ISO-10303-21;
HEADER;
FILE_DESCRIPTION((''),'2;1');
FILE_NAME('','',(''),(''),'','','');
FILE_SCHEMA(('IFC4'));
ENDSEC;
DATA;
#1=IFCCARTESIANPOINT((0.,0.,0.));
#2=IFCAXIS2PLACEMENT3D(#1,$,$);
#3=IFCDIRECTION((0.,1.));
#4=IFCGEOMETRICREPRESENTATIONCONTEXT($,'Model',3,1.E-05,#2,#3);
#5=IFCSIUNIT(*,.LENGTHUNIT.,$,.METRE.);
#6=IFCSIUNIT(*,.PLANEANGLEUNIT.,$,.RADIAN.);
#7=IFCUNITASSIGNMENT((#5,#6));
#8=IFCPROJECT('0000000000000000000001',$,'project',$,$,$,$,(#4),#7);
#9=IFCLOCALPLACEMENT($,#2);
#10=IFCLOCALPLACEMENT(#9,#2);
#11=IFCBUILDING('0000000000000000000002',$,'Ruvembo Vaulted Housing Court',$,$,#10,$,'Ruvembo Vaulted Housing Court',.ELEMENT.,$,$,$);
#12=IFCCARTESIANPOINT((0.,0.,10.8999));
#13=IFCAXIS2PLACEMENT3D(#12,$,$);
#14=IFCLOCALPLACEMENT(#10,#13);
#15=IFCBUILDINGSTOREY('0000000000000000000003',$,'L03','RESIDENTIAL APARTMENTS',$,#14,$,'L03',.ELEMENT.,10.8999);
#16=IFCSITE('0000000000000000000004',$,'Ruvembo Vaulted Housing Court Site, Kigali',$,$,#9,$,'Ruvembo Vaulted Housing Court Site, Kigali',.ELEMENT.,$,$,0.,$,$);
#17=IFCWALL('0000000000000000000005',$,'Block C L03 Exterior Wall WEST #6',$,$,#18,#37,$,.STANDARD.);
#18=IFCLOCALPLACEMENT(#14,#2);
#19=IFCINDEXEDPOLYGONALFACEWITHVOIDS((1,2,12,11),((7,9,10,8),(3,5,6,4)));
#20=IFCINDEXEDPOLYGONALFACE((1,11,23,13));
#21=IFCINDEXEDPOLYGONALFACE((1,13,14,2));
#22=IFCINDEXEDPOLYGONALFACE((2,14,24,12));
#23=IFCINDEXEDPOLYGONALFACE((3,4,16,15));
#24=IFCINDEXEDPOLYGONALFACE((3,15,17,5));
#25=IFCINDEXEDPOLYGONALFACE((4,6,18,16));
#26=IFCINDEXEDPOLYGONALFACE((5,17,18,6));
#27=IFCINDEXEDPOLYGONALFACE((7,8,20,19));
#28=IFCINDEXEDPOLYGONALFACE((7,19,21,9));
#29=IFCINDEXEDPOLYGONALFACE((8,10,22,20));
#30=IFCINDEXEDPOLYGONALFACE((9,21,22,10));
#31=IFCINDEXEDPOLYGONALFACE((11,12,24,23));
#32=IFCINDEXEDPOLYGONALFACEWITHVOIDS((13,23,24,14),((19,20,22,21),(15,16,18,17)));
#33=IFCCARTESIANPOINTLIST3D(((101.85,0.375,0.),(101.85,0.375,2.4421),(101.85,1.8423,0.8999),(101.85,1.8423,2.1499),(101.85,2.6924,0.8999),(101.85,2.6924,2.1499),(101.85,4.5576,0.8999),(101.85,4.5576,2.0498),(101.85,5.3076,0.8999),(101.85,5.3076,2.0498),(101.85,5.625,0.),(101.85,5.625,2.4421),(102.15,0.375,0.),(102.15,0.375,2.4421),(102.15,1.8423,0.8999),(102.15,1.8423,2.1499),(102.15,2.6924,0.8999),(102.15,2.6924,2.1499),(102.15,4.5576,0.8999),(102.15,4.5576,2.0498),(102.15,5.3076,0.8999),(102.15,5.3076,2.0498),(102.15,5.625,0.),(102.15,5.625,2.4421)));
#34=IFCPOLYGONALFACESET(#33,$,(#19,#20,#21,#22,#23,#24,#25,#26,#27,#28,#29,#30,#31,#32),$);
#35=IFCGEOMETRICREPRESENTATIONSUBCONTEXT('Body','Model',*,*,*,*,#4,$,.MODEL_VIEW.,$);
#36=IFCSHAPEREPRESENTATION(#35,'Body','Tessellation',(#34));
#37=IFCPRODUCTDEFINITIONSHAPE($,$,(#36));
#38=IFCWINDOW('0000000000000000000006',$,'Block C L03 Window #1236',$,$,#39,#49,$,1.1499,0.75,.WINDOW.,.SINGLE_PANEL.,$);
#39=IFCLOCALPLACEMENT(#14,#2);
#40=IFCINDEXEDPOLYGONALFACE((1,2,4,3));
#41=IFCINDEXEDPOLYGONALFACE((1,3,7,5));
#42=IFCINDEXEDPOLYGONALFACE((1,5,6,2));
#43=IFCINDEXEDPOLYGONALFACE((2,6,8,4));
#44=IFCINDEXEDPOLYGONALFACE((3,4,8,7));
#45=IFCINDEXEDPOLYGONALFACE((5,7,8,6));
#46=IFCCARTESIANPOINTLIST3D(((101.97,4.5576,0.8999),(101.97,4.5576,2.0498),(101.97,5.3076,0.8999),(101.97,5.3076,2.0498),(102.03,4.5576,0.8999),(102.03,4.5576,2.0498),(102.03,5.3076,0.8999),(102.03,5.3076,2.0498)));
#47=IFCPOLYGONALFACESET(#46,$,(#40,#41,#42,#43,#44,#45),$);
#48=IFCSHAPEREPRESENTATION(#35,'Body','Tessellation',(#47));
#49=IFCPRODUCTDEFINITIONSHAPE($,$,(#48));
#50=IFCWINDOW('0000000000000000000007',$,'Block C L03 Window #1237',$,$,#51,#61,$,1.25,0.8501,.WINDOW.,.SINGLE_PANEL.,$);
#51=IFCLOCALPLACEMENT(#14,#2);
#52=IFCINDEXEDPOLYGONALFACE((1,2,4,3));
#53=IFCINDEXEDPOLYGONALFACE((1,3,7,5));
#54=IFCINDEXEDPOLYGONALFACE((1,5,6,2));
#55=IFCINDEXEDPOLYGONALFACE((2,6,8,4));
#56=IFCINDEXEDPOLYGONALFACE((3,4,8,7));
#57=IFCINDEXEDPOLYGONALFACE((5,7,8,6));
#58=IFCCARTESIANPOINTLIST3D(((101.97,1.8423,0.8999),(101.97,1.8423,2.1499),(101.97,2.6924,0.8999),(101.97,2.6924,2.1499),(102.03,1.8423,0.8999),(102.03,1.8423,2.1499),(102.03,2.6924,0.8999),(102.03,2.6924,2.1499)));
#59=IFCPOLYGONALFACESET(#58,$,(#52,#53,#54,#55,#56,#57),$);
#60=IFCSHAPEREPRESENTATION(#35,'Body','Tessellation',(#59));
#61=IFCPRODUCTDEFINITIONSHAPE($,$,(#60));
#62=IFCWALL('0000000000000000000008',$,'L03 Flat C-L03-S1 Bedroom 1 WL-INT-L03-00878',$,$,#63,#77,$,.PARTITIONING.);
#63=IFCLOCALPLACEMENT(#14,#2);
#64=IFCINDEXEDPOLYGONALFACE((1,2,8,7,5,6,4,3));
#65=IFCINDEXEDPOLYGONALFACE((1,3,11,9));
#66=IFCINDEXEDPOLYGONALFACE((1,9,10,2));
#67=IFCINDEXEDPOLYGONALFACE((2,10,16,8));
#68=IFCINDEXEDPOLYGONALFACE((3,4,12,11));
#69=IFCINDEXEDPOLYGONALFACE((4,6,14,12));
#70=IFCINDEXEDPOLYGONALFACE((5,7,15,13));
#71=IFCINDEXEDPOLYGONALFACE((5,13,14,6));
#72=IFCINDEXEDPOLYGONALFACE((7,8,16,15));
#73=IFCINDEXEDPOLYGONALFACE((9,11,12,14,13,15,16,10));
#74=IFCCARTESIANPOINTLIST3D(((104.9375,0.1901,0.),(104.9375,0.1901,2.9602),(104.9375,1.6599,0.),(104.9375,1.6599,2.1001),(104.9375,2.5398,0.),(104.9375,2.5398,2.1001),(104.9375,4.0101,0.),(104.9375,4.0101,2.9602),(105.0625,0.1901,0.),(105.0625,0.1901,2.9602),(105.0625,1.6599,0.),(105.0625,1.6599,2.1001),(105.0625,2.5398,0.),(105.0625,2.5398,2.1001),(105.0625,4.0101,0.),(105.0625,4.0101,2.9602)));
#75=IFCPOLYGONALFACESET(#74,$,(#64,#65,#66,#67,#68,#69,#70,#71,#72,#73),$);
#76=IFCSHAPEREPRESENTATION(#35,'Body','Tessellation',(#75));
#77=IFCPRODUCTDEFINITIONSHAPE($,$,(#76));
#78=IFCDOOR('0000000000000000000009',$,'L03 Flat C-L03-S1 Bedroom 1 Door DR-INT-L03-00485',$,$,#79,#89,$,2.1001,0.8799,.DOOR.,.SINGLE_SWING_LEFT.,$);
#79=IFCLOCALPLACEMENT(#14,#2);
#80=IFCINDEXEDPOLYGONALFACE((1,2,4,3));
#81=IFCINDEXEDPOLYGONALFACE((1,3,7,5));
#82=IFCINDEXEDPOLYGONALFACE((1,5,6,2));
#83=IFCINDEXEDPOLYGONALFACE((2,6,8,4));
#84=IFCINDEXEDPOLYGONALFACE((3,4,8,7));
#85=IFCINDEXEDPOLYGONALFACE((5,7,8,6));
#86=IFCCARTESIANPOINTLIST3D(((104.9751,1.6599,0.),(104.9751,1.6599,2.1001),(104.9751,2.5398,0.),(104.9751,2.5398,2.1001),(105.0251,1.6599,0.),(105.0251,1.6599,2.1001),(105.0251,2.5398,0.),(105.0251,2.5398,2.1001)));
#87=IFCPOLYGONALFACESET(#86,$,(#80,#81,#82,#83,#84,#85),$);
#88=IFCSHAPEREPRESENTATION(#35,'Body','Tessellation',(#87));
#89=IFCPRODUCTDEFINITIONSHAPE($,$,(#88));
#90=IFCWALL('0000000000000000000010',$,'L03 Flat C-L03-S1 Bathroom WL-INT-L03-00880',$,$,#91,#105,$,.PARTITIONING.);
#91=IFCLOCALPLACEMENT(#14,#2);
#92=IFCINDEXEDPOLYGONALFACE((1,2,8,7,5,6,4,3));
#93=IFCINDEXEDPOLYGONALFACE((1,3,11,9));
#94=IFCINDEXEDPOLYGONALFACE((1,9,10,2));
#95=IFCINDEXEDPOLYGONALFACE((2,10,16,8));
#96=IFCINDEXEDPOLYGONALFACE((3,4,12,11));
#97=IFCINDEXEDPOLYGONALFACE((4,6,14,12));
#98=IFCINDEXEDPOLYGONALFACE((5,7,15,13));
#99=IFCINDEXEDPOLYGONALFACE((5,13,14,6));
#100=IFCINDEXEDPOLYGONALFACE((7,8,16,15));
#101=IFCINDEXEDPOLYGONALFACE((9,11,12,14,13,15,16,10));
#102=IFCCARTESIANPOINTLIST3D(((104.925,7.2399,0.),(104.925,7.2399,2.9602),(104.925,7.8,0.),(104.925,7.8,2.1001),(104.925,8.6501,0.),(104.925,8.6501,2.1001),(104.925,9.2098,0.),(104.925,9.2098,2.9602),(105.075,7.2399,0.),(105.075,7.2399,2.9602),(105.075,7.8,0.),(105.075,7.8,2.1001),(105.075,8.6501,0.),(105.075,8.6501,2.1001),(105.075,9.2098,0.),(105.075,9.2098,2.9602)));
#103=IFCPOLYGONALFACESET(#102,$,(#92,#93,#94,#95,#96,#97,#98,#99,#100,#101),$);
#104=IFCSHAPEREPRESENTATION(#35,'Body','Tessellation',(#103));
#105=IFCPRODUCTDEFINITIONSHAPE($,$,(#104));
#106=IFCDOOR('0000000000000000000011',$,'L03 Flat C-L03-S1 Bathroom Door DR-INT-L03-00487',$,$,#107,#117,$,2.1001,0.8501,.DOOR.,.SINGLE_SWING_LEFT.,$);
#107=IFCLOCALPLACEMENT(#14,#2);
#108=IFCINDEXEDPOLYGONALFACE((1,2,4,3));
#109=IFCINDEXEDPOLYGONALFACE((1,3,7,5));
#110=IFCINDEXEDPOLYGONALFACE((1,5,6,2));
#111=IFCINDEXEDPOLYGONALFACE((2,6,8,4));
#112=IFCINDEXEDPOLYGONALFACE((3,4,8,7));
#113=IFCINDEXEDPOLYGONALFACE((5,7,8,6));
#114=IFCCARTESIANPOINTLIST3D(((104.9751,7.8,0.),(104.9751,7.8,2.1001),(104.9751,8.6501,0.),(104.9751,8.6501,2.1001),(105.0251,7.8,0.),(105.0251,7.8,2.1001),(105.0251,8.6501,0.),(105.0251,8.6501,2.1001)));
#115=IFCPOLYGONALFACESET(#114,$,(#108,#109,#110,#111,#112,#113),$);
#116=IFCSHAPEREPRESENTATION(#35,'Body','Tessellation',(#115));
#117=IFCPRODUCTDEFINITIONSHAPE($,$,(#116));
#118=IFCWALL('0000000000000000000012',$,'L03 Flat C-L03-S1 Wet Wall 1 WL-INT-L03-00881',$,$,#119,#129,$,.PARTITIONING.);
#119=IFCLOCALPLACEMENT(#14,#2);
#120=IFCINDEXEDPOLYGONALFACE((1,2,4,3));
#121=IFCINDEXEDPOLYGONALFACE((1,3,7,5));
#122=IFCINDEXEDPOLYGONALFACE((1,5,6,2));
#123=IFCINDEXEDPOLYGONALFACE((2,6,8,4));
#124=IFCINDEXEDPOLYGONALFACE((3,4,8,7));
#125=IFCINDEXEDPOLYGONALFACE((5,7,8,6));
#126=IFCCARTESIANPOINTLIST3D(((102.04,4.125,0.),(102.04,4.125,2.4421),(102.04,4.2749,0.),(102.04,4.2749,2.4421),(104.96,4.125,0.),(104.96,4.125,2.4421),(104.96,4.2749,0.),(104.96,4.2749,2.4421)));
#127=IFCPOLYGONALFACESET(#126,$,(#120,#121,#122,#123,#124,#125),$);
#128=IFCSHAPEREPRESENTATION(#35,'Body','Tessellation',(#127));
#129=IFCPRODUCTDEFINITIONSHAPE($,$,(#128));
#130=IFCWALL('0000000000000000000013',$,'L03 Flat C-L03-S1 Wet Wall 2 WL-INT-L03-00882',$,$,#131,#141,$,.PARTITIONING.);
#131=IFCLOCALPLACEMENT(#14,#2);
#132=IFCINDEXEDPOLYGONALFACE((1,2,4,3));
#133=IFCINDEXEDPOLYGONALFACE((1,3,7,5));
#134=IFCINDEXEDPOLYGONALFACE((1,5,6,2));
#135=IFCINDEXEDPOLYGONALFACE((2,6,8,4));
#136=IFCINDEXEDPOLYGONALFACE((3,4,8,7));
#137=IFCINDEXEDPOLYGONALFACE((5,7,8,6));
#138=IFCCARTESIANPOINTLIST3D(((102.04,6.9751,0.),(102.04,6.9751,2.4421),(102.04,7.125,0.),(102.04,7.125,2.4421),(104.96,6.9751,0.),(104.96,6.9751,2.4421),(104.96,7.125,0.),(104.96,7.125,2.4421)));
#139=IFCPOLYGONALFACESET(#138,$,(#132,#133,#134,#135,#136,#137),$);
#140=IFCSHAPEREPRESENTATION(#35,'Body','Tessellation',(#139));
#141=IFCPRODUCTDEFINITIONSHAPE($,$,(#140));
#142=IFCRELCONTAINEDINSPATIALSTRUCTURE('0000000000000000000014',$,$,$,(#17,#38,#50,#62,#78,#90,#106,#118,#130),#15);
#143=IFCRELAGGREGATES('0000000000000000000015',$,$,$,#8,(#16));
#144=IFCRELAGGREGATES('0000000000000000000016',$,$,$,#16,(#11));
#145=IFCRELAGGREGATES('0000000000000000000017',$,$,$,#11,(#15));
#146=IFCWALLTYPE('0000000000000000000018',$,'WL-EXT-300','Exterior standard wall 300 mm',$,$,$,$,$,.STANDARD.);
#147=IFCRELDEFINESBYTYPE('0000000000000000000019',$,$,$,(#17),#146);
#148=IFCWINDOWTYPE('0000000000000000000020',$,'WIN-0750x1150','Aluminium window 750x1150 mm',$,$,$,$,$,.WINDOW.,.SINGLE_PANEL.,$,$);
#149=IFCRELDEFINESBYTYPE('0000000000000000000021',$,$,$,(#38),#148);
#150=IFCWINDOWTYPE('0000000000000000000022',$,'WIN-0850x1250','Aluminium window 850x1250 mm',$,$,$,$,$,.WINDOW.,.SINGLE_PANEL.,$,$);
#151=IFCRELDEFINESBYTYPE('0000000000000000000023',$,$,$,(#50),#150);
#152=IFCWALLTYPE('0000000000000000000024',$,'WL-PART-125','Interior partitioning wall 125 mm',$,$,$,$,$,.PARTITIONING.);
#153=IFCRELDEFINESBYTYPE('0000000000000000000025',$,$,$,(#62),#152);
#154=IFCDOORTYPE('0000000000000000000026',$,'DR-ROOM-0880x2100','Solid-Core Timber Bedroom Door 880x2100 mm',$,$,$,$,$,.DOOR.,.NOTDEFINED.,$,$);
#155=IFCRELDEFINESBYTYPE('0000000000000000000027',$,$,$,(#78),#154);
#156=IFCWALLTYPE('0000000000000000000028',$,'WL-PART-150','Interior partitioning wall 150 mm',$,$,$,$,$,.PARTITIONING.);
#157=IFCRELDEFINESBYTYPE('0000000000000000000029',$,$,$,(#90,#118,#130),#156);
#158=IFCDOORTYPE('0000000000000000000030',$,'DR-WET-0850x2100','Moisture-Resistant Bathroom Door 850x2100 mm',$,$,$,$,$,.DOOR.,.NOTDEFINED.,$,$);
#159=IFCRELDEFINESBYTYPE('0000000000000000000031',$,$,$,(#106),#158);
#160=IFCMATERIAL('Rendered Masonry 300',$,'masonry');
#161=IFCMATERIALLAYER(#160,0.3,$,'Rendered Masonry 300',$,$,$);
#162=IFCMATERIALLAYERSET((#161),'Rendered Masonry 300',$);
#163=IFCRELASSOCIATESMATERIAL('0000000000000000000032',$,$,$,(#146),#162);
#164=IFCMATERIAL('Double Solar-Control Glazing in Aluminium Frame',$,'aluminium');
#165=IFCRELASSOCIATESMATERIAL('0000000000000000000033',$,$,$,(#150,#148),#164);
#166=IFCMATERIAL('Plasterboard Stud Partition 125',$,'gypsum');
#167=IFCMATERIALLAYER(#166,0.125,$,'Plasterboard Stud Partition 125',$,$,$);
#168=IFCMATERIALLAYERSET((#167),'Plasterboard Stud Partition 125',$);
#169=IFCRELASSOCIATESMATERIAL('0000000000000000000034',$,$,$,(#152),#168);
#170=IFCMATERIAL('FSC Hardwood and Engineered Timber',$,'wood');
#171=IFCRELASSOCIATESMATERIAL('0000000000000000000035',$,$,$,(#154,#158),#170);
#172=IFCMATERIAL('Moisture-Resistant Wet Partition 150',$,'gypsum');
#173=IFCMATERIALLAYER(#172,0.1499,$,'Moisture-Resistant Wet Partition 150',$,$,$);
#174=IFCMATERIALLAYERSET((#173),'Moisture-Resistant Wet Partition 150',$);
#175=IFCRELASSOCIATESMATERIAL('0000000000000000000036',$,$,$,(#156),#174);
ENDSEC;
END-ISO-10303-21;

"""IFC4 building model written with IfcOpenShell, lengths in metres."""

from ifc_helpers import new_model, si_unit, direction, frame, frame_2d, origin, place, context, subcontext, project, spatial, rectangle, extrude, material, layer, layer_set, type_object, element, fill, save


model = new_model("IFC4")

# Units and contexts
model_context = context("Model", 3, precision=1e-05, world=origin(), true_north=direction((0.0, 1.0)))
body_context = subcontext(model_context, "Body", "Model", "MODEL_VIEW")
ifc_project = project(units=[si_unit("LENGTHUNIT", "METRE"), si_unit("PLANEANGLEUNIT", "RADIAN")], contexts=[model_context])

# Site, building, storey
site_placement = place(None, origin())
site = spatial("IfcSite", under=ifc_project, at=site_placement, Name="Ruvembo Vaulted Housing Court Site, Kigali", LongName="Ruvembo Vaulted Housing Court Site, Kigali", CompositionType="ELEMENT", RefElevation=0.0)
building_placement = place(site_placement, origin())
building = spatial("IfcBuilding", under=site, at=building_placement, Name="Ruvembo Vaulted Housing Court", LongName="Ruvembo Vaulted Housing Court", CompositionType="ELEMENT")
storey_placement = place(building_placement, frame((0.0, 0.0, 10.8999)))
storey = spatial("IfcBuildingStorey", under=building, at=storey_placement, Name="L03", Description="RESIDENTIAL APARTMENTS", LongName="L03", CompositionType="ELEMENT", Elevation=10.8999)

# Wall, openings, windows
ifc_material_1 = material(Name="Rendered Masonry 300", Category="masonry")
ifc_layer_1 = layer(ifc_material_1, 0.3, Name="Rendered Masonry 300")
ifc_layer_set_1 = layer_set([ifc_layer_1], Name="Rendered Masonry 300")
wall_type_1 = type_object("IfcWallType", Name="WL-EXT-300", Description="Exterior standard wall 300 mm", PredefinedType="STANDARD", material=ifc_layer_set_1)
ifc_material_2 = material(Name="Double Solar-Control Glazing in Aluminium Frame", Category="aluminium")
window_type_1 = type_object("IfcWindowType", Name="WIN-0850x1250", Description="Aluminium window 850x1250 mm", PartitioningType="SINGLE_PANEL", PredefinedType="WINDOW", material=ifc_material_2)
wall_1_placement = place(storey_placement, frame((102.0, 5.625, 0.0), z_axis=(0.0, 0.0, 1.0), x_axis=(0.0, -1.0, 0.0)))
wall_1 = element("IfcWall", 1, at=wall_1_placement, inside=storey, type_object=wall_type_1, Name="Block C L03 Exterior Wall WEST #6", PredefinedType="STANDARD", context=body_context, shape_type="SweptSolid", body=[
    extrude(rectangle(XDim=5.25, YDim=0.3, at=frame_2d((2.625, 0.0))), origin(), (0.0, 0.0, 1.0), 2.4421),
])
opening_1_placement = place(wall_1_placement, frame((0.3174, 0.0, 0.8999)))
opening_1 = element("IfcOpeningElement", 2, at=opening_1_placement, cuts=wall_1, PredefinedType="OPENING", context=body_context, shape_type="SweptSolid", body=[
    extrude(rectangle(XDim=0.75, YDim=1.1499, at=frame_2d((0.375, 0.575))), frame((0.0, 0.1599, 0.0), z_axis=(0.0, -1.0, 0.0), x_axis=(1.0, 0.0, 0.0)), (0.0, 0.0, 1.0), 0.3201),
])
opening_2_placement = place(wall_1_placement, frame((2.9326, 0.0, 0.8999)))
opening_2 = element("IfcOpeningElement", 3, at=opening_2_placement, cuts=wall_1, PredefinedType="OPENING", context=body_context, shape_type="SweptSolid", body=[
    extrude(rectangle(XDim=0.8501, YDim=1.25, at=frame_2d((0.425, 0.625))), frame((0.0, 0.1599, 0.0), z_axis=(0.0, -1.0, 0.0), x_axis=(1.0, 0.0, 0.0)), (0.0, 0.0, 1.0), 0.3201),
])
window_type_2 = type_object("IfcWindowType", Name="WIN-0750x1150", Description="Aluminium window 750x1150 mm", PartitioningType="SINGLE_PANEL", PredefinedType="WINDOW", material=ifc_material_2)
window_1_placement = place(opening_1_placement, origin())
window_1 = element("IfcWindow", 4, at=window_1_placement, inside=storey, type_object=window_type_2, Name="Block C L03 Window #1236", OverallHeight=1.1499, OverallWidth=0.75, PartitioningType="SINGLE_PANEL", PredefinedType="WINDOW", context=body_context, shape_type="SweptSolid", body=[
    extrude(rectangle(XDim=0.75, YDim=1.1499, at=frame_2d((0.375, 0.575))), frame((0.0, 0.03, 0.0), z_axis=(0.0, -1.0, 0.0), x_axis=(1.0, 0.0, 0.0)), (0.0, 0.0, 1.0), 0.0601),
])
fill(opening_1, window_1)
window_2_placement = place(opening_2_placement, origin())
window_2 = element("IfcWindow", 5, at=window_2_placement, inside=storey, type_object=window_type_1, Name="Block C L03 Window #1237", OverallHeight=1.25, OverallWidth=0.8501, PartitioningType="SINGLE_PANEL", PredefinedType="WINDOW", context=body_context, shape_type="SweptSolid", body=[
    extrude(rectangle(XDim=0.8501, YDim=1.25, at=frame_2d((0.425, 0.625))), frame((0.0, 0.03, 0.0), z_axis=(0.0, -1.0, 0.0), x_axis=(1.0, 0.0, 0.0)), (0.0, 0.0, 1.0), 0.0601),
])
fill(opening_2, window_2)

# Walls, openings, doors
ifc_material_3 = material(Name="Plasterboard Stud Partition 125", Category="gypsum")
ifc_layer_2 = layer(ifc_material_3, 0.125, Name="Plasterboard Stud Partition 125")
ifc_layer_set_2 = layer_set([ifc_layer_2], Name="Plasterboard Stud Partition 125")
wall_type_2 = type_object("IfcWallType", Name="WL-PART-125", Description="Interior partitioning wall 125 mm", PredefinedType="PARTITIONING", material=ifc_layer_set_2)
wall_2_placement = place(storey_placement, frame((105.0, 0.1899, 0.0), z_axis=(0.0, 0.0, 1.0), x_axis=(0.0, 1.0, 0.0)))
wall_2 = element("IfcWall", 6, at=wall_2_placement, inside=storey, type_object=wall_type_2, Name="L03 Flat C-L03-S1 Bedroom 1 WL-INT-L03-00878", PredefinedType="PARTITIONING", context=body_context, shape_type="SweptSolid", body=[
    extrude(rectangle(XDim=3.8201, YDim=0.125, at=frame_2d((1.9102, 0.0))), origin(), (0.0, 0.0, 1.0), 2.9602),
])
opening_3_placement = place(wall_2_placement, frame((1.47, 0.0, 0.0)))
opening_3 = element("IfcOpeningElement", 7, at=opening_3_placement, cuts=wall_2, PredefinedType="OPENING", context=body_context, shape_type="SweptSolid", body=[
    extrude(rectangle(XDim=0.8799, YDim=2.1001, at=frame_2d((0.4399, 1.05))), frame((0.0, 0.0725, 0.0), z_axis=(0.0, -1.0, 0.0), x_axis=(1.0, 0.0, 0.0)), (0.0, 0.0, 1.0), 0.145),
])
ifc_material_4 = material(Name="FSC Hardwood and Engineered Timber", Category="wood")
door_type_1 = type_object("IfcDoorType", Name="DR-ROOM-0880x2100", Description="Solid-Core Timber Bedroom Door 880x2100 mm", OperationType="NOTDEFINED", PredefinedType="DOOR", material=ifc_material_4)
door_1_placement = place(opening_3_placement, origin())
door_1 = element("IfcDoor", 8, at=door_1_placement, inside=storey, type_object=door_type_1, Name="L03 Flat C-L03-S1 Bedroom 1 Door DR-INT-L03-00485", OperationType="SINGLE_SWING_LEFT", OverallHeight=2.1001, OverallWidth=0.8799, PredefinedType="DOOR", context=body_context, shape_type="SweptSolid", body=[
    extrude(rectangle(XDim=0.8799, YDim=2.1001, at=frame_2d((0.4399, 1.05))), frame((0.0, 0.0249, 0.0), z_axis=(0.0, -1.0, 0.0), x_axis=(1.0, 0.0, 0.0)), (0.0, 0.0, 1.0), 0.05),
])
fill(opening_3, door_1)
ifc_material_5 = material(Name="Moisture-Resistant Wet Partition 150", Category="gypsum")
ifc_layer_3 = layer(ifc_material_5, 0.1499, Name="Moisture-Resistant Wet Partition 150")
ifc_layer_set_3 = layer_set([ifc_layer_3], Name="Moisture-Resistant Wet Partition 150")
wall_type_3 = type_object("IfcWallType", Name="WL-PART-150", Description="Interior partitioning wall 150 mm", PredefinedType="PARTITIONING", material=ifc_layer_set_3)
wall_3_placement = place(storey_placement, frame((105.0, 7.24, 0.0), z_axis=(0.0, 0.0, 1.0), x_axis=(0.0, 1.0, 0.0)))
wall_3 = element("IfcWall", 9, at=wall_3_placement, inside=storey, type_object=wall_type_3, Name="L03 Flat C-L03-S1 Bathroom WL-INT-L03-00880", PredefinedType="PARTITIONING", context=body_context, shape_type="SweptSolid", body=[
    extrude(rectangle(XDim=1.97, YDim=0.1499, at=frame_2d((0.9849, 0.0))), origin(), (0.0, 0.0, 1.0), 2.9602),
])
opening_4_placement = place(wall_3_placement, frame((0.5601, 0.0, 0.0)))
opening_4 = element("IfcOpeningElement", 10, at=opening_4_placement, cuts=wall_3, PredefinedType="OPENING", context=body_context, shape_type="SweptSolid", body=[
    extrude(rectangle(XDim=0.8501, YDim=2.1001, at=frame_2d((0.425, 1.05))), frame((0.0, 0.085, 0.0), z_axis=(0.0, -1.0, 0.0), x_axis=(1.0, 0.0, 0.0)), (0.0, 0.0, 1.0), 0.1699),
])
door_type_2 = type_object("IfcDoorType", Name="DR-WET-0850x2100", Description="Moisture-Resistant Bathroom Door 850x2100 mm", OperationType="NOTDEFINED", PredefinedType="DOOR", material=ifc_material_4)
door_2_placement = place(opening_4_placement, origin())
door_2 = element("IfcDoor", 11, at=door_2_placement, inside=storey, type_object=door_type_2, Name="L03 Flat C-L03-S1 Bathroom Door DR-INT-L03-00487", OperationType="SINGLE_SWING_LEFT", OverallHeight=2.1001, OverallWidth=0.8501, PredefinedType="DOOR", context=body_context, shape_type="SweptSolid", body=[
    extrude(rectangle(XDim=0.8501, YDim=2.1001, at=frame_2d((0.425, 1.05))), frame((0.0, 0.0249, 0.0), z_axis=(0.0, -1.0, 0.0), x_axis=(1.0, 0.0, 0.0)), (0.0, 0.0, 1.0), 0.05),
])
fill(opening_4, door_2)

# Walls
for number, where, z_axis, x_axis, name in (
    (12, (102.04, 4.2, 0.0), (0.0, 0.0, 1.0), (1.0, 0.0, 0.0), "L03 Flat C-L03-S1 Wet Wall 1 WL-INT-L03-00881"),
    (13, (102.04, 7.05, 0.0), (0.0, 0.0, 1.0), (1.0, 0.0, 0.0), "L03 Flat C-L03-S1 Wet Wall 2 WL-INT-L03-00882"),
):
    element("IfcWall", number, at=place(storey_placement, frame(where, z_axis=z_axis, x_axis=x_axis)), inside=storey, type_object=wall_type_3, Name=name, PredefinedType="PARTITIONING", context=body_context, shape_type="SweptSolid", body=[
        extrude(rectangle(XDim=2.9199, YDim=0.1499, at=frame_2d((1.46, 0.0))), origin(), (0.0, 0.0, 1.0), 2.4421),
    ])

save(model, "model.ifc")
